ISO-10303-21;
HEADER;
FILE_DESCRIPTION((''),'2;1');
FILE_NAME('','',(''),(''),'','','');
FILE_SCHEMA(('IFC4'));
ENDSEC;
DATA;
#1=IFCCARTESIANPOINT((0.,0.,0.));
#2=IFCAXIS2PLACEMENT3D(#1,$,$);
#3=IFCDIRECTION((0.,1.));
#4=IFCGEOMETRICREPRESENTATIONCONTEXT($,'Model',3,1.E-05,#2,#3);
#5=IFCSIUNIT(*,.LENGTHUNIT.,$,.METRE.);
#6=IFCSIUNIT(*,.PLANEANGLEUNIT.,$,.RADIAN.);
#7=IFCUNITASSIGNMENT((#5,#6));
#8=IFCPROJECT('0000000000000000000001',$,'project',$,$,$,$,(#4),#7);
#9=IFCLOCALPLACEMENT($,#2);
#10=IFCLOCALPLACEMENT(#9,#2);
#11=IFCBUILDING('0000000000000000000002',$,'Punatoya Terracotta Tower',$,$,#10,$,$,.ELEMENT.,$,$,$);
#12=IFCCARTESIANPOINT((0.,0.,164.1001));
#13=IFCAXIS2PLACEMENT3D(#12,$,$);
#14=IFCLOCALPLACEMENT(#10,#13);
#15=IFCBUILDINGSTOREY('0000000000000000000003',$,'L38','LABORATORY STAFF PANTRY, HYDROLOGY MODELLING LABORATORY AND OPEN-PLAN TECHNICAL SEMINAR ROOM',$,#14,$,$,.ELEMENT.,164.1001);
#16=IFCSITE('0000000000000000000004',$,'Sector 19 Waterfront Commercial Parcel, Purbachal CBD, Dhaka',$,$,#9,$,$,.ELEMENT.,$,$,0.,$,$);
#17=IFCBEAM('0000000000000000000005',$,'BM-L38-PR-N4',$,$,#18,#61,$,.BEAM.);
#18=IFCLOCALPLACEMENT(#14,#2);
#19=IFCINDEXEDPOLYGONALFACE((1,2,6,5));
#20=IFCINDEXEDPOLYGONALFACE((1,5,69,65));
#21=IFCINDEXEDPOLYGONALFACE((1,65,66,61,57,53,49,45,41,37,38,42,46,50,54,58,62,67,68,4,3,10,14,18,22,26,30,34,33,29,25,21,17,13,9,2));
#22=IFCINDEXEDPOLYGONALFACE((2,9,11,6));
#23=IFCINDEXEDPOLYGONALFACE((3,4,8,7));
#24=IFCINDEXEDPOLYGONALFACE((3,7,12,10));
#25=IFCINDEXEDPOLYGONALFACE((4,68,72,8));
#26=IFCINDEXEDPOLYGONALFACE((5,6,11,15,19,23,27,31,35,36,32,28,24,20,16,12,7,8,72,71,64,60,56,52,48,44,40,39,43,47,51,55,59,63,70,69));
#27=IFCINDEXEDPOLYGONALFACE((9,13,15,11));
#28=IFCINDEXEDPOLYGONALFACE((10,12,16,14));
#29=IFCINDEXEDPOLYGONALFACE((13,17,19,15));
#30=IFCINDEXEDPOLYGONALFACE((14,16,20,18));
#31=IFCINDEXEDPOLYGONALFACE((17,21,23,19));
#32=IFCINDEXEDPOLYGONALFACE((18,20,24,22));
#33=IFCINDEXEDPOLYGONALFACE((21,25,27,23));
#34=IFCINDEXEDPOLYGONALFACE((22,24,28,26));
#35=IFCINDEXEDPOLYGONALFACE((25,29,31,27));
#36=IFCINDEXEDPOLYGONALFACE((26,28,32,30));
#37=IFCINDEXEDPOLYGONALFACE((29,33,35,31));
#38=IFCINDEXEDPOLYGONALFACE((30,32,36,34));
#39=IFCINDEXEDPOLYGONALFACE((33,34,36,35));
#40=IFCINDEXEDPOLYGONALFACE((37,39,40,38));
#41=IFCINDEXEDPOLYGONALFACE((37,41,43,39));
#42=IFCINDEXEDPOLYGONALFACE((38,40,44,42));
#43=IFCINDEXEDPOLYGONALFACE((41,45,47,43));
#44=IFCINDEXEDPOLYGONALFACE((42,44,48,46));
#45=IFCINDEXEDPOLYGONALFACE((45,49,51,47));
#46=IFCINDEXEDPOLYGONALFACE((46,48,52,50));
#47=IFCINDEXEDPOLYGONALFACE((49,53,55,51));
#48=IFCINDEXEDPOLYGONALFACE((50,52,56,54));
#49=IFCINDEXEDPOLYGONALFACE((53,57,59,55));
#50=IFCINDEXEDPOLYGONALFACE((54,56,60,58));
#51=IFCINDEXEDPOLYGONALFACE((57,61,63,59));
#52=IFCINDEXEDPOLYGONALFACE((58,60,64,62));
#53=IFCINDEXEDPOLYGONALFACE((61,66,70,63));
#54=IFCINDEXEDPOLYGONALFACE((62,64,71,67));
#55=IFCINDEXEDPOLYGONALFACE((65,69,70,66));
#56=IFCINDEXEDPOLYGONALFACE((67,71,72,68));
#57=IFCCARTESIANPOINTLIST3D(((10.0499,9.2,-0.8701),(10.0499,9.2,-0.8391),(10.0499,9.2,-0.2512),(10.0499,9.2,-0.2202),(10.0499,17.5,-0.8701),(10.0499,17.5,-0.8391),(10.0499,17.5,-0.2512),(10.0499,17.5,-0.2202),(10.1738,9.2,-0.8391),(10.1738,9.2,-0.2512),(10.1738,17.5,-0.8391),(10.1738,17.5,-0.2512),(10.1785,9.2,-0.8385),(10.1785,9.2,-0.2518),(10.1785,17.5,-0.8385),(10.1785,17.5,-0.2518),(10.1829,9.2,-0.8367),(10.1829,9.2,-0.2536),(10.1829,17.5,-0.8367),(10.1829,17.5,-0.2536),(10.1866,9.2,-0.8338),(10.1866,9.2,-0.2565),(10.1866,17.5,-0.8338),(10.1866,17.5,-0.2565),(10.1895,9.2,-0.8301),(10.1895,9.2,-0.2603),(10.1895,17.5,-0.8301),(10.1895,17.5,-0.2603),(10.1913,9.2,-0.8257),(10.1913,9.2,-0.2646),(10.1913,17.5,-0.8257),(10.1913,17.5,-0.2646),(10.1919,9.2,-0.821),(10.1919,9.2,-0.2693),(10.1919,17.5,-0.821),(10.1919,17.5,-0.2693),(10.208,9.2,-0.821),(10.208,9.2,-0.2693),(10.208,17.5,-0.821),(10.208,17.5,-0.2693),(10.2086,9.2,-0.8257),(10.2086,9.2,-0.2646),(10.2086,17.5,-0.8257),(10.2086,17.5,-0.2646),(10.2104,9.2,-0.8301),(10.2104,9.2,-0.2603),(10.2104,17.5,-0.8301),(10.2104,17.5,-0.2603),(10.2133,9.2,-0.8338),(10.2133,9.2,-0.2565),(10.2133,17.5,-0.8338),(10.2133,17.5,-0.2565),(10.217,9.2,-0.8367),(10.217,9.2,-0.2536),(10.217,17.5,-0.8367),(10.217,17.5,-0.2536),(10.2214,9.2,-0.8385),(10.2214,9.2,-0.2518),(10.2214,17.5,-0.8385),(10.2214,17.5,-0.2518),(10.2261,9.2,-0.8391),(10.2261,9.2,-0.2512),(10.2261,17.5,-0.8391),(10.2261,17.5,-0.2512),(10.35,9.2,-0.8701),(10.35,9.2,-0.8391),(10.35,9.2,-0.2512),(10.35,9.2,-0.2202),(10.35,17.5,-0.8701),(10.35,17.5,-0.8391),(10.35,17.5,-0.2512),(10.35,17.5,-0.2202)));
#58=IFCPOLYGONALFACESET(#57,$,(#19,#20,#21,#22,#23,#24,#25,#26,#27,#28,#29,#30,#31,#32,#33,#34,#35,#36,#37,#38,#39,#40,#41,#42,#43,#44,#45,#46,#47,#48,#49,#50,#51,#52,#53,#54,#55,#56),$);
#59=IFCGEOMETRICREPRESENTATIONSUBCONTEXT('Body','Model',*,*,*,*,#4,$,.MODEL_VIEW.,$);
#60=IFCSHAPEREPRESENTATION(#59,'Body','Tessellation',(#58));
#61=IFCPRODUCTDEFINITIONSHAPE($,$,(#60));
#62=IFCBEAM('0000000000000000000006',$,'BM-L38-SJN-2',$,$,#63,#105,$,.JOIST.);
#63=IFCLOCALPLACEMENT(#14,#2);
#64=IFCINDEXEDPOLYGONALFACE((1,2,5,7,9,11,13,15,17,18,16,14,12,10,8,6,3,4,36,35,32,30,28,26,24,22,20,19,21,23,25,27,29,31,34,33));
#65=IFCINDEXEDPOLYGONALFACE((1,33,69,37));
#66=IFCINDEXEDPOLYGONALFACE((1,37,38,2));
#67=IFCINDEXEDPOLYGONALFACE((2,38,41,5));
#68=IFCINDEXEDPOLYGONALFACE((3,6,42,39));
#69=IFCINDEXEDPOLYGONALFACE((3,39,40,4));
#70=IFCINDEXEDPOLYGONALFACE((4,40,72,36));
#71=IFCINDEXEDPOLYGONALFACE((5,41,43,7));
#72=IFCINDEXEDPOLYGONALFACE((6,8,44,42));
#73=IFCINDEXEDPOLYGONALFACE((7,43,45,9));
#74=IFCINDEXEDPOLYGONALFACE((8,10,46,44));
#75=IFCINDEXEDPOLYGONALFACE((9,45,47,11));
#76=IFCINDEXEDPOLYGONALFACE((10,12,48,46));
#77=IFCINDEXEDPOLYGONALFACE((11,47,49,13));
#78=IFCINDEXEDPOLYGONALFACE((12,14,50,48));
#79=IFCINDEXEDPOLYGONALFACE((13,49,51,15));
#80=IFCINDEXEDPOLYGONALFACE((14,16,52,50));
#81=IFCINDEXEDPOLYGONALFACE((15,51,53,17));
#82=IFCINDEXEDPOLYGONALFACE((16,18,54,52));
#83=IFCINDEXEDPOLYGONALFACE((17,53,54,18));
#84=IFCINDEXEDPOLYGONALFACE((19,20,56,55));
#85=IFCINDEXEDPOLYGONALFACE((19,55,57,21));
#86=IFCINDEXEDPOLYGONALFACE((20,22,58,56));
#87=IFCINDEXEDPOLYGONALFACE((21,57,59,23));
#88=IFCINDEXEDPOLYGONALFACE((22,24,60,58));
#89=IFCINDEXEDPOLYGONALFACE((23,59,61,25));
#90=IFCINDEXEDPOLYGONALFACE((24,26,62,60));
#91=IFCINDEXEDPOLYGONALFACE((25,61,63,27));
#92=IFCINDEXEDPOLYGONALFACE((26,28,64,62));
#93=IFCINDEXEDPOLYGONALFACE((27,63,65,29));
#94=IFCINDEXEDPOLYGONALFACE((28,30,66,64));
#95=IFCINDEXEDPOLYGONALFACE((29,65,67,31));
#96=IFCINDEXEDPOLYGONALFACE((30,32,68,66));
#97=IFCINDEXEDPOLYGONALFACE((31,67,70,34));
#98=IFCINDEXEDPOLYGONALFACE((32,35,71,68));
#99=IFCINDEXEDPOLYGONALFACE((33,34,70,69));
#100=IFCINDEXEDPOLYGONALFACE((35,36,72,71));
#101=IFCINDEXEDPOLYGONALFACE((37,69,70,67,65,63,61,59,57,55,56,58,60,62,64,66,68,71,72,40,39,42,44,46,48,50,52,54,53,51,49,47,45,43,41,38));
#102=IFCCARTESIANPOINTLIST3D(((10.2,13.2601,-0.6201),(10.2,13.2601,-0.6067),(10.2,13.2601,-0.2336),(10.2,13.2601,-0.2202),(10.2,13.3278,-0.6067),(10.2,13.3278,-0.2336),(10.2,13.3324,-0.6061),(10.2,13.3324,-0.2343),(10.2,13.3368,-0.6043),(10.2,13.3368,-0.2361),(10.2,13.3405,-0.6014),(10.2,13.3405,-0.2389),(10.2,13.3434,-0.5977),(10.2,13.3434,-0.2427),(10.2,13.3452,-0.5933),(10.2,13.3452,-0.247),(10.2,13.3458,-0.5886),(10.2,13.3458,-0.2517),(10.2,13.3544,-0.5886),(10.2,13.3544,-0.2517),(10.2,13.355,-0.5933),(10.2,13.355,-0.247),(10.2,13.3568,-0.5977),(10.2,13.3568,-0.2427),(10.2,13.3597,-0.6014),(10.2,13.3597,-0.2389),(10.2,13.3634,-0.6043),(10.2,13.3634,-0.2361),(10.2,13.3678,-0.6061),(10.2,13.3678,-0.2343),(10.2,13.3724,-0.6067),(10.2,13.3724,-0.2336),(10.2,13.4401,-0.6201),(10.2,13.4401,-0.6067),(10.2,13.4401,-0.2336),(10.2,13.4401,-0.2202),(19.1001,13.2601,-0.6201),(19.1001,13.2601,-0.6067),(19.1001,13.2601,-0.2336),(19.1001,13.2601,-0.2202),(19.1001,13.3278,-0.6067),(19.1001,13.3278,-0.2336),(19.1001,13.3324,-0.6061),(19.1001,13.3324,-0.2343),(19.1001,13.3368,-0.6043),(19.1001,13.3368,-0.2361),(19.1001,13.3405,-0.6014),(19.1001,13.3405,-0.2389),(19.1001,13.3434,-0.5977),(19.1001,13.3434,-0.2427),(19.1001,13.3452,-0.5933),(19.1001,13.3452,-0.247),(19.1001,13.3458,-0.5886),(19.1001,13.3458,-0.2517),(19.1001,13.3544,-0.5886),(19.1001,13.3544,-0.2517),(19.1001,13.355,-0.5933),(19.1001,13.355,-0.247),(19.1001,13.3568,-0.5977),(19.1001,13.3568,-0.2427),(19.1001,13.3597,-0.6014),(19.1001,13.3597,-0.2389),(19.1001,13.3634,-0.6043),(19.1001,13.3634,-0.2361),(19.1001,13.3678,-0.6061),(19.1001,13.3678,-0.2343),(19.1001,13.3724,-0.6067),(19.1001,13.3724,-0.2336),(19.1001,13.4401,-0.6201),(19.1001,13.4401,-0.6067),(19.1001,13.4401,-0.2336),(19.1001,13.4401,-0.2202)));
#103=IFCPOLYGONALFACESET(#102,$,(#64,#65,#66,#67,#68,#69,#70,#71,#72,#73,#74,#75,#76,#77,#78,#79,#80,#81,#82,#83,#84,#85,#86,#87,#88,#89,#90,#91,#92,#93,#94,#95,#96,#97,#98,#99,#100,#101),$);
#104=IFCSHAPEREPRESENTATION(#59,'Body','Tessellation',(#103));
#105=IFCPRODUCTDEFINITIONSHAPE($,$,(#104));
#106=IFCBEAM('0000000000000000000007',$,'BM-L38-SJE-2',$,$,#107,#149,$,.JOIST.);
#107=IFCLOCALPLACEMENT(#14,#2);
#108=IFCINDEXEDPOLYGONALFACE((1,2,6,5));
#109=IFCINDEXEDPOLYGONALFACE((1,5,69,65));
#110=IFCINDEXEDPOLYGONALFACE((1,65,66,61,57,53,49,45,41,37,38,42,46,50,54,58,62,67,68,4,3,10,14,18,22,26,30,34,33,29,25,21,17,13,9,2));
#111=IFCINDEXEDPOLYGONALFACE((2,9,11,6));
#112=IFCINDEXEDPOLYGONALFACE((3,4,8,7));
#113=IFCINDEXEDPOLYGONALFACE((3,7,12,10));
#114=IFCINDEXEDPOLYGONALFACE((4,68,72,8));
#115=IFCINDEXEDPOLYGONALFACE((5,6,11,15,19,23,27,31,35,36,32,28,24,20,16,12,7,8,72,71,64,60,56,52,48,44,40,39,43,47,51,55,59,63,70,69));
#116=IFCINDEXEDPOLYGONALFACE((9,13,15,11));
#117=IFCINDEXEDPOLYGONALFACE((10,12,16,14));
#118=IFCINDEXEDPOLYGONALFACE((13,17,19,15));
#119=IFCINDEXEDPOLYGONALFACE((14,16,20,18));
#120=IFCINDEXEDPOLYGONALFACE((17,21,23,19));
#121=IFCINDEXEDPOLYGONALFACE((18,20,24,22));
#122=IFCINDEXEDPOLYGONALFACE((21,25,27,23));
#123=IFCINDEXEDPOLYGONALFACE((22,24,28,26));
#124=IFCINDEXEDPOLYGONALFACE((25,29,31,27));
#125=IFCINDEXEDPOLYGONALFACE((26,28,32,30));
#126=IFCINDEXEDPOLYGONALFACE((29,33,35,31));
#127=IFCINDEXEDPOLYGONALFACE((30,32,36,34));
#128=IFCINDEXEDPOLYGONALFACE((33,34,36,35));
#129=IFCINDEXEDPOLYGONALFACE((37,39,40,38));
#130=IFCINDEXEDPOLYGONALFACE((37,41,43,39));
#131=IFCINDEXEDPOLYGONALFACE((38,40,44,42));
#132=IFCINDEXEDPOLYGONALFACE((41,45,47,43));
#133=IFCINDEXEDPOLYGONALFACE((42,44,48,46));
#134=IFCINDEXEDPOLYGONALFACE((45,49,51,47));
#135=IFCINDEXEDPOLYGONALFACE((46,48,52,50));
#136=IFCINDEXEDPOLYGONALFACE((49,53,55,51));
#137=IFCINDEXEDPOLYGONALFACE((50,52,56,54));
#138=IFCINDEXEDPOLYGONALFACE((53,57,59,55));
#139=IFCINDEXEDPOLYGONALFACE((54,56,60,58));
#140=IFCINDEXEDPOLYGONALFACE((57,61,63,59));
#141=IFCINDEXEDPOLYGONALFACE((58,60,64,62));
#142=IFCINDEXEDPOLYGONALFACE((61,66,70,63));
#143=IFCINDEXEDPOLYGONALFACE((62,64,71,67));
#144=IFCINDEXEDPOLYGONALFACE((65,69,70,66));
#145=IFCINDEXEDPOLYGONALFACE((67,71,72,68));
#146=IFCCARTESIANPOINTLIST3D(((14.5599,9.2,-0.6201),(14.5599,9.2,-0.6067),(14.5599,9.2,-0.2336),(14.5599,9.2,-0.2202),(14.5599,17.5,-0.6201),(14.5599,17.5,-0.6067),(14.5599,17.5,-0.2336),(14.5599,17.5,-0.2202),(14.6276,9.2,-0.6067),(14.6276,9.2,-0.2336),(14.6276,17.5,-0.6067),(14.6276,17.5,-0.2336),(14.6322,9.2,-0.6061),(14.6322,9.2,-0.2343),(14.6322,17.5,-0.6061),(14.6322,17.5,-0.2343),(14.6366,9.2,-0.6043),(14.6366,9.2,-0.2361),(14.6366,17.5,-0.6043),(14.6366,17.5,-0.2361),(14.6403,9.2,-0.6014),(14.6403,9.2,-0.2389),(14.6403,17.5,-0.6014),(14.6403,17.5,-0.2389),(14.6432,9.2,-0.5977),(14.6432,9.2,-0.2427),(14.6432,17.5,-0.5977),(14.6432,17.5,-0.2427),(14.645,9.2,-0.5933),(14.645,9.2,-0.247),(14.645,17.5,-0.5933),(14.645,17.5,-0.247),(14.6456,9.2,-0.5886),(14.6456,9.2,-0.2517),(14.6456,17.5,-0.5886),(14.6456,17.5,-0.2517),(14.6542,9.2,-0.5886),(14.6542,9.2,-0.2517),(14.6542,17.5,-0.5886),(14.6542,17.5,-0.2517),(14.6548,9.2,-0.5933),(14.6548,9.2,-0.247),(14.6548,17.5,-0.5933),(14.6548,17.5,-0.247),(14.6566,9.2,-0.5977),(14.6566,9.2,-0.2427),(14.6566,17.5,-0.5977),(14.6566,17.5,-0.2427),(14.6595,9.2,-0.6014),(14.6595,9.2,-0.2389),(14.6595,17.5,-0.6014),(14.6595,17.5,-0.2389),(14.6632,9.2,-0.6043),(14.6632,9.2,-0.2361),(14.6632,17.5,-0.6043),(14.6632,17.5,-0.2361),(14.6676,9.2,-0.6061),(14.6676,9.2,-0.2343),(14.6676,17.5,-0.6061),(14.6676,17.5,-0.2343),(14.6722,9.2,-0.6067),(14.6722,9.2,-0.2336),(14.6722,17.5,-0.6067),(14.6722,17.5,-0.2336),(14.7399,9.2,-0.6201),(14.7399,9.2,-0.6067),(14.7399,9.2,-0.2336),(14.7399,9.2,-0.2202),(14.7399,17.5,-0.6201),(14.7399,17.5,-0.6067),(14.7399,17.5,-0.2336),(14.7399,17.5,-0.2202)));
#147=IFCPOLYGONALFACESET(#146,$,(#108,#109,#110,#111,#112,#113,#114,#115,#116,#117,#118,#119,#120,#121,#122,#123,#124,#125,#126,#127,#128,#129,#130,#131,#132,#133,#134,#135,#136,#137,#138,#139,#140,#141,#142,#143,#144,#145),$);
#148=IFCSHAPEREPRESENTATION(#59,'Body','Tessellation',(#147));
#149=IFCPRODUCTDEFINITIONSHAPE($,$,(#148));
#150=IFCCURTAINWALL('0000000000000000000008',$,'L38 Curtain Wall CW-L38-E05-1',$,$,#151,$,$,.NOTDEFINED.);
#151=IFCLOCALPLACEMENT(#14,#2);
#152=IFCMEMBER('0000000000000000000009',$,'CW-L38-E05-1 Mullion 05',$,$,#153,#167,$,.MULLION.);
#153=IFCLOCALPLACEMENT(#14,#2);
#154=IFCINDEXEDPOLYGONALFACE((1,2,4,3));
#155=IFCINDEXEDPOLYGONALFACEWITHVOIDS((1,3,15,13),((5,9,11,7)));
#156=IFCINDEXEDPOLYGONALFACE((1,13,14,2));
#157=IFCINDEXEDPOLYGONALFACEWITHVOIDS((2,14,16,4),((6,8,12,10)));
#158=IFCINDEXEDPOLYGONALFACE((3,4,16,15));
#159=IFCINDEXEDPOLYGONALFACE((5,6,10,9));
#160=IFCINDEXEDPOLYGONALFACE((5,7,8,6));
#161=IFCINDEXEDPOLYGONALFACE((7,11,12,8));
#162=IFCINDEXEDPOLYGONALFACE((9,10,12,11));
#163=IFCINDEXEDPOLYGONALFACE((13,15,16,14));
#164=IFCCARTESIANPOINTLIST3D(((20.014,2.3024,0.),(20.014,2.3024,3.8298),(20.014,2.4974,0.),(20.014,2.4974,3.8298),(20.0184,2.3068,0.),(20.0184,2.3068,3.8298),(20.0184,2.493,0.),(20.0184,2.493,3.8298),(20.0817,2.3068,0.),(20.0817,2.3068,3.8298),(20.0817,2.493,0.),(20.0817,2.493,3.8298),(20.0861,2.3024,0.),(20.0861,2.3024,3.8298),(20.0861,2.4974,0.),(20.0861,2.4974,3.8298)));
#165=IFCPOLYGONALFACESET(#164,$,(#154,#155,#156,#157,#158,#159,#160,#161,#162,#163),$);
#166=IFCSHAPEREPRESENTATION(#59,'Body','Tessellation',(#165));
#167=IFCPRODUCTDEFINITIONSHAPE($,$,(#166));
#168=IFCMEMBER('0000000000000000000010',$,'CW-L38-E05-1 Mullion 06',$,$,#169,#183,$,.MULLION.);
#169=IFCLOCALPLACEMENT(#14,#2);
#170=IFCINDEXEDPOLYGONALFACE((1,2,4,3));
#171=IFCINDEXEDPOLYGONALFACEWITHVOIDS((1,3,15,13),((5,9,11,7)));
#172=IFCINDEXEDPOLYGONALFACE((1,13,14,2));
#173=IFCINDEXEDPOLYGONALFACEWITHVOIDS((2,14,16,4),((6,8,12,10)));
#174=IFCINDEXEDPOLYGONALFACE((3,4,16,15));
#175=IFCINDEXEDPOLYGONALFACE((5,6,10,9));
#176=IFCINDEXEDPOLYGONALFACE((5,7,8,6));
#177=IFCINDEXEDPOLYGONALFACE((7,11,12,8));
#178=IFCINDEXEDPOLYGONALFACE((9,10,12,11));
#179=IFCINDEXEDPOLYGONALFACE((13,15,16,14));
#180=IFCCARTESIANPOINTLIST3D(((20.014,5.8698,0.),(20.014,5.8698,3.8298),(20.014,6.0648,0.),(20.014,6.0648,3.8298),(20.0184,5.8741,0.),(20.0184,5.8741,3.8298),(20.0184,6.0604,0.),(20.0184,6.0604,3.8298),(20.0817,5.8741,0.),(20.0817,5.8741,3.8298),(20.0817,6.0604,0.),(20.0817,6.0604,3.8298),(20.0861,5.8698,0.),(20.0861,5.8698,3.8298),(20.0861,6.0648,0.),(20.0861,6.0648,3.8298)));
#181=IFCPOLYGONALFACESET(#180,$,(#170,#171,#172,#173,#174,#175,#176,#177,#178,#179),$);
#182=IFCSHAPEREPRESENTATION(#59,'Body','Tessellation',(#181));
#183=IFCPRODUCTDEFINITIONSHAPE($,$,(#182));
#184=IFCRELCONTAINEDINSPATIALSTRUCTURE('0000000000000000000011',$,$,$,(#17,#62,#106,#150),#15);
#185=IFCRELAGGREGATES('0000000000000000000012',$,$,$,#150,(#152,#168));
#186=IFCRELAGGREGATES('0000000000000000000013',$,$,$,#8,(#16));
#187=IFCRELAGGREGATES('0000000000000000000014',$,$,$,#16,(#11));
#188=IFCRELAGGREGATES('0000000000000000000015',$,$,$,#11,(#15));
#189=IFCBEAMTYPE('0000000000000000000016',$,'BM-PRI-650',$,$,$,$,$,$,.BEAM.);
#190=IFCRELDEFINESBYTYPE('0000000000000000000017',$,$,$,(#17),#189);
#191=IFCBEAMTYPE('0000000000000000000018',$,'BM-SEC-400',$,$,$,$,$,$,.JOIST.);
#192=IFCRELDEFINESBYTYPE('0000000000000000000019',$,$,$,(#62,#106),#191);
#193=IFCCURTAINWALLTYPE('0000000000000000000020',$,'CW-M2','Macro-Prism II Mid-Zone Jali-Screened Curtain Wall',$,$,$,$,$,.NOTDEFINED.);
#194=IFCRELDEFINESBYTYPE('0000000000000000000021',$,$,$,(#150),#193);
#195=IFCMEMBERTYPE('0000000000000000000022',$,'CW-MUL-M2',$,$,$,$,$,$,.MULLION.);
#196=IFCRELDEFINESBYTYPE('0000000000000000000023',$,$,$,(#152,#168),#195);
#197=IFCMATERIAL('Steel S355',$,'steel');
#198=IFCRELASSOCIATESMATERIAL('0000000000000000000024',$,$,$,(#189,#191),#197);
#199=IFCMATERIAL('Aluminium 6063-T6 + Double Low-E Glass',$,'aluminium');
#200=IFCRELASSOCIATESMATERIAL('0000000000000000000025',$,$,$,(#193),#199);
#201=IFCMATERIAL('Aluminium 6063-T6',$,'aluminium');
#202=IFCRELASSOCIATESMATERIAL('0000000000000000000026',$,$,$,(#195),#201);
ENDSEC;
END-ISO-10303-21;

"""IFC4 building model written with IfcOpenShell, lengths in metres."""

from ifc_helpers import new_model, si_unit, direction, frame, origin, origin_2d, place, context, subcontext, project, spatial, hollow_rectangle, i_section, extrude, material, material_profile, profile_set, type_object, element, aggregate, save


model = new_model("IFC4")

# Units and contexts
model_context = context("Model", 3, precision=1e-05, world=origin(), true_north=direction((0.0, 1.0)))
body_context = subcontext(model_context, "Body", "Model", "MODEL_VIEW")
ifc_project = project(units=[si_unit("LENGTHUNIT", "METRE"), si_unit("PLANEANGLEUNIT", "RADIAN")], contexts=[model_context])

# Site, building, storey
site_placement = place(None, origin())
site = spatial("IfcSite", under=ifc_project, at=site_placement, Name="Sector 19 Waterfront Commercial Parcel, Purbachal CBD, Dhaka", CompositionType="ELEMENT", RefElevation=0.0)
building_placement = place(site_placement, origin())
building = spatial("IfcBuilding", under=site, at=building_placement, Name="Punatoya Terracotta Tower", CompositionType="ELEMENT")
storey_placement = place(building_placement, frame((0.0, 0.0, 164.1001)))
storey = spatial("IfcBuildingStorey", under=building, at=storey_placement, Name="L38", Description="LABORATORY STAFF PANTRY, HYDROLOGY MODELLING LABORATORY AND OPEN-PLAN TECHNICAL SEMINAR ROOM", CompositionType="ELEMENT", Elevation=164.1001)

# Beams
ifc_material_1 = material(Name="Steel S355", Category="steel")
ifc_material_profile_1 = material_profile(ifc_material_1, i_section(OverallWidth=0.3, OverallDepth=0.6499, WebThickness=0.0161, FlangeThickness=0.031, FilletRadius=0.0181, at=origin_2d()))
ifc_profile_set_1 = profile_set([ifc_material_profile_1], Name="Steel S355")
beam_type_1 = type_object("IfcBeamType", Name="BM-PRI-650", PredefinedType="BEAM", material=ifc_profile_set_1)
beam_1_placement = place(storey_placement, frame((10.2, 9.2, -0.5452), z_axis=(0.0, 1.0, 0.0), x_axis=(-1.0, 0.0, 0.0)))
element("IfcBeam", 1, at=beam_1_placement, inside=storey, type_object=beam_type_1, Name="BM-L38-PR-N4", PredefinedType="BEAM", context=body_context, shape_type="SweptSolid", body=[
    extrude(i_section(OverallWidth=0.3, OverallDepth=0.6499, WebThickness=0.0161, FlangeThickness=0.031, FilletRadius=0.0181, at=origin_2d()), origin(), (0.0, 0.0, 1.0), 8.3),
])
ifc_material_profile_2 = material_profile(ifc_material_1, i_section(OverallWidth=0.1799, OverallDepth=0.3999, WebThickness=0.0085, FlangeThickness=0.0134, FilletRadius=0.0181, at=origin_2d()))
ifc_profile_set_2 = profile_set([ifc_material_profile_2], Name="Steel S355")
beam_type_2 = type_object("IfcBeamType", Name="BM-SEC-400", PredefinedType="JOIST", material=ifc_profile_set_2)
beam_2_placement = place(storey_placement, frame((10.2, 13.3501, -0.4202), z_axis=(1.0, 0.0, 0.0), x_axis=(0.0, 1.0, 0.0)))
element("IfcBeam", 2, at=beam_2_placement, inside=storey, type_object=beam_type_2, Name="BM-L38-SJN-2", PredefinedType="JOIST", context=body_context, shape_type="SweptSolid", body=[
    extrude(i_section(OverallWidth=0.1799, OverallDepth=0.3999, WebThickness=0.0085, FlangeThickness=0.0134, FilletRadius=0.0181, at=origin_2d()), origin(), (0.0, 0.0, 1.0), 8.9001),
])
beam_3_placement = place(storey_placement, frame((14.6499, 9.2, -0.4202), z_axis=(0.0, 1.0, 0.0), x_axis=(-1.0, 0.0, 0.0)))
element("IfcBeam", 3, at=beam_3_placement, inside=storey, type_object=beam_type_2, Name="BM-L38-SJE-2", PredefinedType="JOIST", context=body_context, shape_type="SweptSolid", body=[
    extrude(i_section(OverallWidth=0.1799, OverallDepth=0.3999, WebThickness=0.0085, FlangeThickness=0.0134, FilletRadius=0.0181, at=origin_2d()), origin(), (0.0, 0.0, 1.0), 8.3),
])

# Curtain wall, members
ifc_material_2 = material(Name="Aluminium 6063-T6 + Double Low-E Glass", Category="aluminium")
curtain_wall_type = type_object("IfcCurtainWallType", Name="CW-M2", Description="Macro-Prism II Mid-Zone Jali-Screened Curtain Wall", PredefinedType="NOTDEFINED", material=ifc_material_2)
curtain_wall_placement = place(storey_placement, origin())
curtain_wall = element("IfcCurtainWall", 4, at=curtain_wall_placement, inside=storey, type_object=curtain_wall_type, Name="L38 Curtain Wall CW-L38-E05-1", PredefinedType="NOTDEFINED")
ifc_material_3 = material(Name="Aluminium 6063-T6", Category="aluminium")
ifc_material_profile_3 = material_profile(ifc_material_3, hollow_rectangle(XDim=0.072, YDim=0.1951, WallThickness=0.0044, at=origin_2d()))
ifc_profile_set_3 = profile_set([ifc_material_profile_3], Name="Aluminium 6063-T6")
member_type = type_object("IfcMemberType", Name="CW-MUL-M2", PredefinedType="MULLION", material=ifc_profile_set_3)
member_1_placement = place(storey_placement, frame((20.05, 2.3999, 0.0), z_axis=(0.0, 0.0, 1.0), x_axis=(1.0, 0.0, 0.0)))
member_1 = element("IfcMember", 5, at=member_1_placement, type_object=member_type, Name="CW-L38-E05-1 Mullion 05", PredefinedType="MULLION", context=body_context, shape_type="SweptSolid", body=[
    extrude(hollow_rectangle(XDim=0.072, YDim=0.1951, WallThickness=0.0044, at=origin_2d()), origin(), (0.0, 0.0, 1.0), 3.8298),
])
member_2_placement = place(storey_placement, frame((20.05, 5.9673, 0.0), z_axis=(0.0, 0.0, 1.0), x_axis=(1.0, 0.0, 0.0)))
member_2 = element("IfcMember", 6, at=member_2_placement, type_object=member_type, Name="CW-L38-E05-1 Mullion 06", PredefinedType="MULLION", context=body_context, shape_type="SweptSolid", body=[
    extrude(hollow_rectangle(XDim=0.072, YDim=0.1951, WallThickness=0.0044, at=origin_2d()), origin(), (0.0, 0.0, 1.0), 3.8298),
])
aggregate(curtain_wall, [member_1, member_2])

save(model, "model.ifc")
